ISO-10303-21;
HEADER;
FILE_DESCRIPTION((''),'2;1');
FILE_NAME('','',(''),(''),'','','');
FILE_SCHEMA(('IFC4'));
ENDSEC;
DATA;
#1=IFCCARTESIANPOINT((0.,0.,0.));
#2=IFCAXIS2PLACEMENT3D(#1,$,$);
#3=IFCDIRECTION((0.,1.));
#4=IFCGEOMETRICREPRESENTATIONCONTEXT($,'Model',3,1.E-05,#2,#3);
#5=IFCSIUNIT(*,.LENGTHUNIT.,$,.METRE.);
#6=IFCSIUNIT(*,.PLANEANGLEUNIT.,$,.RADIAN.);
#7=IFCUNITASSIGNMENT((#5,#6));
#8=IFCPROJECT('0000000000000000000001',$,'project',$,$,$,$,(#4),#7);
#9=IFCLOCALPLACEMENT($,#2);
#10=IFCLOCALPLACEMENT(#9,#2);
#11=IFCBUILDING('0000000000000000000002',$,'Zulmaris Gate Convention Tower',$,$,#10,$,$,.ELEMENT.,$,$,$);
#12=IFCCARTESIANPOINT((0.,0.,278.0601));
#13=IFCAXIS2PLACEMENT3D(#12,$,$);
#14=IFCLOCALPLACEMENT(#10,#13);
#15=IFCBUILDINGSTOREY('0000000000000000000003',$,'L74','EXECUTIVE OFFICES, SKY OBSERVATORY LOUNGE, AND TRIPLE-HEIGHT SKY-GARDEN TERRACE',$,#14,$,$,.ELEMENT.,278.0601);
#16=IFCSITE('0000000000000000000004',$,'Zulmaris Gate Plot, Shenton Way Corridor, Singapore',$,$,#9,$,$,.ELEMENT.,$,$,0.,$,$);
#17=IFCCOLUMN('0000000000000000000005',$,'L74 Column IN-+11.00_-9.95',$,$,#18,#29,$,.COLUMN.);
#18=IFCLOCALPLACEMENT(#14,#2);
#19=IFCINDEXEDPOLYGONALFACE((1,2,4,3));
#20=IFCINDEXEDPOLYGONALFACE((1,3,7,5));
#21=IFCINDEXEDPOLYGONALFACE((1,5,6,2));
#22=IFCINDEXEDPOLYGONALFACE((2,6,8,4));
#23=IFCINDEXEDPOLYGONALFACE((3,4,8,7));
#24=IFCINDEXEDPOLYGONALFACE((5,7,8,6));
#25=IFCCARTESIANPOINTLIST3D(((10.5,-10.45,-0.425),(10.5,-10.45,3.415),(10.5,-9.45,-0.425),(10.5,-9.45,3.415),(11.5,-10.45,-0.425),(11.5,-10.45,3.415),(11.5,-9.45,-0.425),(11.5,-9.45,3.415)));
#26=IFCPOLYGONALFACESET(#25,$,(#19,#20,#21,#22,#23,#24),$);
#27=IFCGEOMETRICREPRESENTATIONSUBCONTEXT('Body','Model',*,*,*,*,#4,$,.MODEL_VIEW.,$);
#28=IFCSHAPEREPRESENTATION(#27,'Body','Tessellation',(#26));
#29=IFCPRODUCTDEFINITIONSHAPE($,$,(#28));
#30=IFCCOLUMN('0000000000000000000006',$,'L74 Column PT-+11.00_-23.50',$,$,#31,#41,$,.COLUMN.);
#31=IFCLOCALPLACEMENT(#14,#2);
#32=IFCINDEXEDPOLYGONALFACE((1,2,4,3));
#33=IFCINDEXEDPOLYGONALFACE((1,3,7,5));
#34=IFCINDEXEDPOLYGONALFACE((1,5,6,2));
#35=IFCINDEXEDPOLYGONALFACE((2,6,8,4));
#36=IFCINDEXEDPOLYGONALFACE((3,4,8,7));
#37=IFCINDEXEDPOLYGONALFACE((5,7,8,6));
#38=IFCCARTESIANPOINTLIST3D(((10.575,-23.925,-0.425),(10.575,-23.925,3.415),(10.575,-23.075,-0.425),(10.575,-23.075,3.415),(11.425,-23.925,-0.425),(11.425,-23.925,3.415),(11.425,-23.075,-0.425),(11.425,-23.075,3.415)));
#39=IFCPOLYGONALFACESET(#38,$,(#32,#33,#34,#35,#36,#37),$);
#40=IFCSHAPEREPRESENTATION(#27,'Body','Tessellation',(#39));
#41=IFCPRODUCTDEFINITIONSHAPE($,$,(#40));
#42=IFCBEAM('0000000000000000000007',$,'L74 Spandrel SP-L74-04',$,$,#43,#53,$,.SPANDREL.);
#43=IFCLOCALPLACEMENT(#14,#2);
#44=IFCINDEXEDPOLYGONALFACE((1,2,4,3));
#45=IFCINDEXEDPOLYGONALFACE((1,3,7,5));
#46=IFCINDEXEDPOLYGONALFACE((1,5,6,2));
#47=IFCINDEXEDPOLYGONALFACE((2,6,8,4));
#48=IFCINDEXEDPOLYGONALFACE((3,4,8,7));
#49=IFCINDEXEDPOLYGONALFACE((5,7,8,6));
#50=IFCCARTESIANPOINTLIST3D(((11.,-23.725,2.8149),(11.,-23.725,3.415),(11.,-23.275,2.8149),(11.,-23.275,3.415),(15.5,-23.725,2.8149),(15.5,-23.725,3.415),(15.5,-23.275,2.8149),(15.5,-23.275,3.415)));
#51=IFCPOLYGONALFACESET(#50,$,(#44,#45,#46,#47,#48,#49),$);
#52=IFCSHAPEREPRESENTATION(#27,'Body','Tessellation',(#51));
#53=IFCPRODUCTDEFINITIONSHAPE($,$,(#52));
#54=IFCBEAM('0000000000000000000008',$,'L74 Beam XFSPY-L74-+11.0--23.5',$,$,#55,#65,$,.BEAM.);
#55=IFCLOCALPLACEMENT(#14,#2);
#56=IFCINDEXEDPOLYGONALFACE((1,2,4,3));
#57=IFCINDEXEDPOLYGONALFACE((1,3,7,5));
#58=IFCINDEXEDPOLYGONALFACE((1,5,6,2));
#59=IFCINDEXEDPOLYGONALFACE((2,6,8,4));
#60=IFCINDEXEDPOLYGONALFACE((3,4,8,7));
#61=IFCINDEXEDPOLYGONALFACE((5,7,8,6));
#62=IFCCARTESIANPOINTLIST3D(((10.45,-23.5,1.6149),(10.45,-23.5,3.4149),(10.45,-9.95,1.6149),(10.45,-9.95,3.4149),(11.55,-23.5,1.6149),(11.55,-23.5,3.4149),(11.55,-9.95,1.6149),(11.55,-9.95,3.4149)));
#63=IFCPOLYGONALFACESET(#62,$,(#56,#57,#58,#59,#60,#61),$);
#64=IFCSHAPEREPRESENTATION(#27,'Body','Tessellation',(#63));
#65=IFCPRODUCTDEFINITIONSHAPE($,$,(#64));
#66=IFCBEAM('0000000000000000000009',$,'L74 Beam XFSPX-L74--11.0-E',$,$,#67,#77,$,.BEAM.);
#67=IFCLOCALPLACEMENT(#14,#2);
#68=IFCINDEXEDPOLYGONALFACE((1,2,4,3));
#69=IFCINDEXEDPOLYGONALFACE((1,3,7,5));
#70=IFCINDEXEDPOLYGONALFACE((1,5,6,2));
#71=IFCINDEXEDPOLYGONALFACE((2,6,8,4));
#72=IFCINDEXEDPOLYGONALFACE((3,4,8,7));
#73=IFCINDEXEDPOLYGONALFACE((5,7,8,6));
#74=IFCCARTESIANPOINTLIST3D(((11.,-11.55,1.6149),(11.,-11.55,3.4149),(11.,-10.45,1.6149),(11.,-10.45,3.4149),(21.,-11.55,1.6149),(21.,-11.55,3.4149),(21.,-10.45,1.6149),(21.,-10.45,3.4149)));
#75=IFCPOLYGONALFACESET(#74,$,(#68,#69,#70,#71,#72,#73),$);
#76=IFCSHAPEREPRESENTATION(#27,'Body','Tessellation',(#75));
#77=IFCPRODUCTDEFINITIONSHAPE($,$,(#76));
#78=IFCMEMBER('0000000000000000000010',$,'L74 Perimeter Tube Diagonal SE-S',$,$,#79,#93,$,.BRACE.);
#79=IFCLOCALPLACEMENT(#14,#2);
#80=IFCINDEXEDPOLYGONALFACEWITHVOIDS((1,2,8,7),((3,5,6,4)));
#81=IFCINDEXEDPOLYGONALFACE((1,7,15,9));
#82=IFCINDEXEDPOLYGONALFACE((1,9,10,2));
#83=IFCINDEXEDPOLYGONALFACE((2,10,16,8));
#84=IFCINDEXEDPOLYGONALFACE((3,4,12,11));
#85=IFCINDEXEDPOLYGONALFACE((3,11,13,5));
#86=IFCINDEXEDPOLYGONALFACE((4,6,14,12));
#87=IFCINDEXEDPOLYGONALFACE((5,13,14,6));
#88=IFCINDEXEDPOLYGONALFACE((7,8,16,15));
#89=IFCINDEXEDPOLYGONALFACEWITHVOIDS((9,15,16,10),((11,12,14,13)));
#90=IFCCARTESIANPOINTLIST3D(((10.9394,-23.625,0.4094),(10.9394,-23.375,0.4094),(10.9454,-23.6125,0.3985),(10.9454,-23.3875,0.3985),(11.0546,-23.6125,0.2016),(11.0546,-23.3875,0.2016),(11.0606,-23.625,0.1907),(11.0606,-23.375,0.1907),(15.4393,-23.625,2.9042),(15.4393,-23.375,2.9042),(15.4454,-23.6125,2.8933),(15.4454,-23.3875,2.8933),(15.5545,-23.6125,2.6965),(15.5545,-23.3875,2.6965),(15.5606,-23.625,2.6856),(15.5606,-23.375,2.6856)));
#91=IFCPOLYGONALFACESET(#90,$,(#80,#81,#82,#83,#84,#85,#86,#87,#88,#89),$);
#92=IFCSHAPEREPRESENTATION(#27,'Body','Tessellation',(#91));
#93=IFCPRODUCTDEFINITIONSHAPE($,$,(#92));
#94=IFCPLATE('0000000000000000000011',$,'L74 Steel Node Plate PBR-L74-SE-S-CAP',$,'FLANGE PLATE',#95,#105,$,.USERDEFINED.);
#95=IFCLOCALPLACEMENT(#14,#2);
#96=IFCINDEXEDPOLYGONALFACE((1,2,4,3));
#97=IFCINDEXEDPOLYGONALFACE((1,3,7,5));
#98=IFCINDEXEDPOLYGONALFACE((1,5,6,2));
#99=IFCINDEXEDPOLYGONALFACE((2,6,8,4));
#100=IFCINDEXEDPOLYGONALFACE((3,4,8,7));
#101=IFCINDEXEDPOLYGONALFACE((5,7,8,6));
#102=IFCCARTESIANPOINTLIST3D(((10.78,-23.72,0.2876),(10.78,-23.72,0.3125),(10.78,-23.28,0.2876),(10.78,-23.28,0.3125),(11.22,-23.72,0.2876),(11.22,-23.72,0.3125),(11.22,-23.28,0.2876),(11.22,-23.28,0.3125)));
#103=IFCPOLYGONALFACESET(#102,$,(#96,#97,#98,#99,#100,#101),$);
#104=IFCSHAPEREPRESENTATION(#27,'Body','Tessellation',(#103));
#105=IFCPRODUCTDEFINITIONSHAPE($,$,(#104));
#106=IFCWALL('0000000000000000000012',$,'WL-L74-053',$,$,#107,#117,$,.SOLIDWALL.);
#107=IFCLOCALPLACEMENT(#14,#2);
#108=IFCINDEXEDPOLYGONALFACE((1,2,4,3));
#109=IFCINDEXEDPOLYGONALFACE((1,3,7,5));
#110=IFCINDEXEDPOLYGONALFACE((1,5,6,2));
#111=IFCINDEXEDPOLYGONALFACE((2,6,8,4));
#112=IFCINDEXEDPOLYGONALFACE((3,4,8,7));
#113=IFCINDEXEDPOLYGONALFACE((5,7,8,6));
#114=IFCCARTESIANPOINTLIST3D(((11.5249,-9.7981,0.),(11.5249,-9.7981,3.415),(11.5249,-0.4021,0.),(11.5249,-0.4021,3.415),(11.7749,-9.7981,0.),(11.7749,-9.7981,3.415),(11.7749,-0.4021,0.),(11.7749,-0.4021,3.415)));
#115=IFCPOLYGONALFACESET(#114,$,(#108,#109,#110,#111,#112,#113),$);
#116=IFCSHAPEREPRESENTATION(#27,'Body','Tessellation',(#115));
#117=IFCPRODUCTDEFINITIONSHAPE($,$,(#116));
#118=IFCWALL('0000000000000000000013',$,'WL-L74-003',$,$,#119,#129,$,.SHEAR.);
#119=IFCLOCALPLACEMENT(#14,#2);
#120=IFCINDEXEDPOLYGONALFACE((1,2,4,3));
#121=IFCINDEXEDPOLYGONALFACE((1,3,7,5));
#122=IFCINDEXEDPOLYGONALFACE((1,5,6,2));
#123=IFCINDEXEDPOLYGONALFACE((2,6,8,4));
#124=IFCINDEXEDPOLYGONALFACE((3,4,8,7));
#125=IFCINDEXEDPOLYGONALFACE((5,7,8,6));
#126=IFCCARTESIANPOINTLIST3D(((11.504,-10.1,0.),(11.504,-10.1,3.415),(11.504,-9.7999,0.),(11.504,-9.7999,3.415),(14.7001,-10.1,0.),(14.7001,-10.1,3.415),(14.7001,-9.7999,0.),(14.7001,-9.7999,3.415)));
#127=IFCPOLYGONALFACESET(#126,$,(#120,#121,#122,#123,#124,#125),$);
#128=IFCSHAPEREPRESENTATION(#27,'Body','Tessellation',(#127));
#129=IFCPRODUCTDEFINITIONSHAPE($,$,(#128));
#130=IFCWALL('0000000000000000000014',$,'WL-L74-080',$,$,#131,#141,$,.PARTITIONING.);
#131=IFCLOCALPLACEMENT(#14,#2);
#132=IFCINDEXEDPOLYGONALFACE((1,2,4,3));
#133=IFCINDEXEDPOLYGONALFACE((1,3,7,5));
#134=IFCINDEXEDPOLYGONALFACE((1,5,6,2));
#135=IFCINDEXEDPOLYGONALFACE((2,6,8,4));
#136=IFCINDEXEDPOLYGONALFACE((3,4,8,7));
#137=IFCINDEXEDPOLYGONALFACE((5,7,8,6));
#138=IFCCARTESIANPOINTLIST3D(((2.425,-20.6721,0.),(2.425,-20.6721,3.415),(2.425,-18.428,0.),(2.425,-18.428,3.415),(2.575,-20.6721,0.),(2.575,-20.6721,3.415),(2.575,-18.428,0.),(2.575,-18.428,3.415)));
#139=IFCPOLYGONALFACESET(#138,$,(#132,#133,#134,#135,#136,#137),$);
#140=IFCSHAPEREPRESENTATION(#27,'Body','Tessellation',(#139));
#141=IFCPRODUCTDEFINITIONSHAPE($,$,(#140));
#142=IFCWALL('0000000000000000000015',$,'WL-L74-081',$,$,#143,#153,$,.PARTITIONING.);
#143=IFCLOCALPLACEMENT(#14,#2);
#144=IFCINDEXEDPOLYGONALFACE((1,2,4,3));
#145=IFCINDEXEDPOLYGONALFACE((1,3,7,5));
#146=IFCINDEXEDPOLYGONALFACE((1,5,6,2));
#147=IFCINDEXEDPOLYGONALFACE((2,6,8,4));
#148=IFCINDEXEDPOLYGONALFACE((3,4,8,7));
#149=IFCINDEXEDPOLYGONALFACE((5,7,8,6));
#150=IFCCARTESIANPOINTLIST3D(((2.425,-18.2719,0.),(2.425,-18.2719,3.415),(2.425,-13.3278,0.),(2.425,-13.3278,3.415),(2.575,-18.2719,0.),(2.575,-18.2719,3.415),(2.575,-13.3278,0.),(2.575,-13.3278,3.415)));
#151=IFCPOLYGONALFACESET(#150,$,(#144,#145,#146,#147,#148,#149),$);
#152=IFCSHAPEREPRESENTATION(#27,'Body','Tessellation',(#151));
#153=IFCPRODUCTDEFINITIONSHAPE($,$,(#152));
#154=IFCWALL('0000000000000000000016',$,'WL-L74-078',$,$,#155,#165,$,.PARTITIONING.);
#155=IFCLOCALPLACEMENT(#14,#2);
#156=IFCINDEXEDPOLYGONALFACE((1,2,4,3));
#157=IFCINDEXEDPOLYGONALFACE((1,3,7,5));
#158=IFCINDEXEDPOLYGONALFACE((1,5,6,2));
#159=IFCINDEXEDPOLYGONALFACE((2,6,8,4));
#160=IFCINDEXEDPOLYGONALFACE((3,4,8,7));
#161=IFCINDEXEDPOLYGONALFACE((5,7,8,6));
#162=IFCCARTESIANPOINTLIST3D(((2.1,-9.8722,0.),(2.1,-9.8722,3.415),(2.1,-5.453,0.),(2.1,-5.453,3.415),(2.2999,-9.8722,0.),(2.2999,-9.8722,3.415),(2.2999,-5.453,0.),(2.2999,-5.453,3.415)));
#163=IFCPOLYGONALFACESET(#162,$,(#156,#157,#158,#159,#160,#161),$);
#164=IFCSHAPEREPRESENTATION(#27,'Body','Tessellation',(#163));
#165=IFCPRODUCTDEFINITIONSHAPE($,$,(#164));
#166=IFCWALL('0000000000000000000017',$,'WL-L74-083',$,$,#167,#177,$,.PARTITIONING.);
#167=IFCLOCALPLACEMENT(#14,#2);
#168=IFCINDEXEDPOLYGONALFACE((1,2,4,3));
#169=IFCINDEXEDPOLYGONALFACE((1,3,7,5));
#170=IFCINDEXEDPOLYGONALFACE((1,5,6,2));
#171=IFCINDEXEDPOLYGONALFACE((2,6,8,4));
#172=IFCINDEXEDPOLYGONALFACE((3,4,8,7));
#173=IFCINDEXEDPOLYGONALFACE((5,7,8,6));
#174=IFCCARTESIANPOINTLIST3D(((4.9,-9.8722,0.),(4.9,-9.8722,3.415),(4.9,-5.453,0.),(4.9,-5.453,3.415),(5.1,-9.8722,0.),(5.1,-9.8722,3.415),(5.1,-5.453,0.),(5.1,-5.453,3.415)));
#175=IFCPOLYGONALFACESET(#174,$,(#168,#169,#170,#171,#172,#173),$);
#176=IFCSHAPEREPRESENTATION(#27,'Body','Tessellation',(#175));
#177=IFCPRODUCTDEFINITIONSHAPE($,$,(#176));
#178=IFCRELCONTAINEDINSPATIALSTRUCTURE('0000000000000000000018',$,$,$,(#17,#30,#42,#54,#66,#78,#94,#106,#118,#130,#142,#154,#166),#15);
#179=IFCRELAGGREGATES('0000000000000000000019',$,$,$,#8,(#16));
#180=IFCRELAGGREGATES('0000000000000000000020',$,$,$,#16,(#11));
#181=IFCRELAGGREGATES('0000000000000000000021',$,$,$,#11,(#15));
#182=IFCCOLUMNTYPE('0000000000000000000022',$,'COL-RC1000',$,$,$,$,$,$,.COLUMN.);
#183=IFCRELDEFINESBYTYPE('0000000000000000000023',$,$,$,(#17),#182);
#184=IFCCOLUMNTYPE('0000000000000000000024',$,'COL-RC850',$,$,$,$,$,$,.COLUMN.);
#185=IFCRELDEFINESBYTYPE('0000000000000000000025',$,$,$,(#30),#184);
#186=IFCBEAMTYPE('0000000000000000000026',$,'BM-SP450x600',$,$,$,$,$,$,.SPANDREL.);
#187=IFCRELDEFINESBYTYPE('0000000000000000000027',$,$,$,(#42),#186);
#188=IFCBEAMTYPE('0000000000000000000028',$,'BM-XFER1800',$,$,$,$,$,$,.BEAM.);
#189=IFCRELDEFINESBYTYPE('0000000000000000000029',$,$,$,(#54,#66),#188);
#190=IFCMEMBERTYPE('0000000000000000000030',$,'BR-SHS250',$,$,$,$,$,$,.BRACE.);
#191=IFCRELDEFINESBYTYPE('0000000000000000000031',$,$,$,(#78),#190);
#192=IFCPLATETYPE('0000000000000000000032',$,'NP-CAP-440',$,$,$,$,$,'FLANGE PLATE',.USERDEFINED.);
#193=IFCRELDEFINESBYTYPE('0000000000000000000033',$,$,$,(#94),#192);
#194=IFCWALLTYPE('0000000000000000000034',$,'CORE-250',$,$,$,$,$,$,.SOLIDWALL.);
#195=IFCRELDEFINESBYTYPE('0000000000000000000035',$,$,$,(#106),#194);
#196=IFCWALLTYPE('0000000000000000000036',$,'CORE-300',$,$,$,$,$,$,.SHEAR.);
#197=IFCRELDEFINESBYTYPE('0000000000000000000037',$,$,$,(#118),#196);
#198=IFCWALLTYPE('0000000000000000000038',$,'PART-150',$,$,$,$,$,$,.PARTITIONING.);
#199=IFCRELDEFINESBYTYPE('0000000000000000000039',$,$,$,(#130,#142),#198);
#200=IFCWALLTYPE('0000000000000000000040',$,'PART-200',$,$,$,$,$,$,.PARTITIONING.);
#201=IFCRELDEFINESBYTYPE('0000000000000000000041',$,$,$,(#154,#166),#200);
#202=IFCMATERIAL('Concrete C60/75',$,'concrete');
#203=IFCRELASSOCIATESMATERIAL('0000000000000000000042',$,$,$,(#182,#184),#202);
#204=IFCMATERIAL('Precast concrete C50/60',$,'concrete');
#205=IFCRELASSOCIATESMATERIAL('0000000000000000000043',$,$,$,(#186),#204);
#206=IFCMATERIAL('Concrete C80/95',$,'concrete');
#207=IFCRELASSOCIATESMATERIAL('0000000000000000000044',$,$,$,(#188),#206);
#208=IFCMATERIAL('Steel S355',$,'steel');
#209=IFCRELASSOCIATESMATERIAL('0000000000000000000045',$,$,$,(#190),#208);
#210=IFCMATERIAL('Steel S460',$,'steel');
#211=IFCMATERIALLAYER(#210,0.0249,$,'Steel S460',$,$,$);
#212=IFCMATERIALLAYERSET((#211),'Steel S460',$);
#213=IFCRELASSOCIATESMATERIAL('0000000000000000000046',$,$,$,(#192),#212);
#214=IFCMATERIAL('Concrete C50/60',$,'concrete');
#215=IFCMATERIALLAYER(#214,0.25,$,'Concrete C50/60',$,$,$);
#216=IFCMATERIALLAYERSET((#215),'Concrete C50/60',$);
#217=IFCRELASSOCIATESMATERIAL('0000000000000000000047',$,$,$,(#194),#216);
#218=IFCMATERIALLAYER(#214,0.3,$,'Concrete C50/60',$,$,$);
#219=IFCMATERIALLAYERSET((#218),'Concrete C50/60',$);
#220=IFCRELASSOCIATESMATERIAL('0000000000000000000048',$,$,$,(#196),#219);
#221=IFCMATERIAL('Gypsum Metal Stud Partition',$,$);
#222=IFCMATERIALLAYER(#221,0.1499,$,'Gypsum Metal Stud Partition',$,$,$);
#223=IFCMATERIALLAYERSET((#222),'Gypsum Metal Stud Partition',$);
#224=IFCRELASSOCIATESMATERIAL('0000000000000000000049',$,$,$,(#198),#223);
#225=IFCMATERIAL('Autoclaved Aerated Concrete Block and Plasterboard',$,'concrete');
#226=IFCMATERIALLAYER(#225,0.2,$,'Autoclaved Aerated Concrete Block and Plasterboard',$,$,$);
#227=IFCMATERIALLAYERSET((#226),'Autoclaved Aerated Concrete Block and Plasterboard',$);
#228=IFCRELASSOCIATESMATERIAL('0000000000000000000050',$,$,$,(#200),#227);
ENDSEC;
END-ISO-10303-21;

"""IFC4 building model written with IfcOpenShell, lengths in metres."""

from ifc_helpers import new_model, si_unit, direction, frame, frame_2d, origin, origin_2d, place, context, subcontext, project, spatial, rectangle, hollow_rectangle, extrude, material, layer, layer_set, material_profile, profile_set, type_object, element, save


model = new_model("IFC4")

# Units and contexts
model_context = context("Model", 3, precision=1e-05, world=origin(), true_north=direction((0.0, 1.0)))
body_context = subcontext(model_context, "Body", "Model", "MODEL_VIEW")
ifc_project = project(units=[si_unit("LENGTHUNIT", "METRE"), si_unit("PLANEANGLEUNIT", "RADIAN")], contexts=[model_context])

# Site, building, storey
site_placement = place(None, origin())
site = spatial("IfcSite", under=ifc_project, at=site_placement, Name="Zulmaris Gate Plot, Shenton Way Corridor, Singapore", CompositionType="ELEMENT", RefElevation=0.0)
building_placement = place(site_placement, origin())
building = spatial("IfcBuilding", under=site, at=building_placement, Name="Zulmaris Gate Convention Tower", CompositionType="ELEMENT")
storey_placement = place(building_placement, frame((0.0, 0.0, 278.0601)))
storey = spatial("IfcBuildingStorey", under=building, at=storey_placement, Name="L74", Description="EXECUTIVE OFFICES, SKY OBSERVATORY LOUNGE, AND TRIPLE-HEIGHT SKY-GARDEN TERRACE", CompositionType="ELEMENT", Elevation=278.0601)

# Columns
ifc_material_1 = material(Name="Concrete C60/75", Category="concrete")
ifc_material_profile_1 = material_profile(ifc_material_1, rectangle(XDim=1.0, YDim=1.0, at=origin_2d()), Name="RC COL 1000x1000")
ifc_profile_set_1 = profile_set([ifc_material_profile_1], Name="Concrete C60/75")
column_type_1 = type_object("IfcColumnType", Name="COL-RC1000", PredefinedType="COLUMN", material=ifc_profile_set_1)
column_1_placement = place(storey_placement, frame((11.0, -9.95, -0.425), z_axis=(0.0, 0.0, 1.0), x_axis=(1.0, 0.0, 0.0)))
element("IfcColumn", 1, at=column_1_placement, inside=storey, type_object=column_type_1, Name="L74 Column IN-+11.00_-9.95", PredefinedType="COLUMN", context=body_context, shape_type="SweptSolid", body=[
    extrude(rectangle(XDim=1.0, YDim=1.0, at=origin_2d()), origin(), (0.0, 0.0, 1.0), 3.8401),
])
ifc_material_profile_2 = material_profile(ifc_material_1, rectangle(XDim=0.8501, YDim=0.8501, at=origin_2d()), Name="RC COL 850x850")
ifc_profile_set_2 = profile_set([ifc_material_profile_2], Name="Concrete C60/75")
column_type_2 = type_object("IfcColumnType", Name="COL-RC850", PredefinedType="COLUMN", material=ifc_profile_set_2)
column_2_placement = place(storey_placement, frame((11.0, -23.5, -0.425), z_axis=(0.0, 0.0, 1.0), x_axis=(1.0, 0.0, 0.0)))
element("IfcColumn", 2, at=column_2_placement, inside=storey, type_object=column_type_2, Name="L74 Column PT-+11.00_-23.50", PredefinedType="COLUMN", context=body_context, shape_type="SweptSolid", body=[
    extrude(rectangle(XDim=0.8501, YDim=0.8501, at=origin_2d()), origin(), (0.0, 0.0, 1.0), 3.8401),
])

# Beams
ifc_material_2 = material(Name="Precast concrete C50/60", Category="concrete")
ifc_material_profile_3 = material_profile(ifc_material_2, rectangle(XDim=0.45, YDim=0.6001, at=origin_2d()), Name="RC SPANDREL 450x600")
ifc_profile_set_3 = profile_set([ifc_material_profile_3], Name="Precast concrete C50/60")
beam_type_1 = type_object("IfcBeamType", Name="BM-SP450x600", PredefinedType="SPANDREL", material=ifc_profile_set_3)
beam_1_placement = place(storey_placement, frame((11.0, -23.5, 3.115), z_axis=(1.0, 0.0, 0.0), x_axis=(0.0, 1.0, 0.0)))
element("IfcBeam", 3, at=beam_1_placement, inside=storey, type_object=beam_type_1, Name="L74 Spandrel SP-L74-04", PredefinedType="SPANDREL", context=body_context, shape_type="SweptSolid", body=[
    extrude(rectangle(XDim=0.45, YDim=0.6001, at=origin_2d()), origin(), (0.0, 0.0, 1.0), 4.5),
])
ifc_material_3 = material(Name="Concrete C80/95", Category="concrete")
ifc_material_profile_4 = material_profile(ifc_material_3, rectangle(XDim=1.1001, YDim=1.8, at=origin_2d()), Name="RC TRANSFER 1100x1800")
ifc_profile_set_4 = profile_set([ifc_material_profile_4], Name="Concrete C80/95")
beam_type_2 = type_object("IfcBeamType", Name="BM-XFER1800", PredefinedType="BEAM", material=ifc_profile_set_4)
beam_2_placement = place(storey_placement, frame((11.0, -23.5, 2.5149), z_axis=(0.0, 1.0, 0.0), x_axis=(-1.0, 0.0, 0.0)))
element("IfcBeam", 4, at=beam_2_placement, inside=storey, type_object=beam_type_2, Name="L74 Beam XFSPY-L74-+11.0--23.5", PredefinedType="BEAM", context=body_context, shape_type="SweptSolid", body=[
    extrude(rectangle(XDim=1.1001, YDim=1.8, at=origin_2d()), origin(), (0.0, 0.0, 1.0), 13.55),
])
beam_3_placement = place(storey_placement, frame((11.0, -11.0, 2.5149), z_axis=(1.0, 0.0, 0.0), x_axis=(0.0, 1.0, 0.0)))
element("IfcBeam", 5, at=beam_3_placement, inside=storey, type_object=beam_type_2, Name="L74 Beam XFSPX-L74--11.0-E", PredefinedType="BEAM", context=body_context, shape_type="SweptSolid", body=[
    extrude(rectangle(XDim=1.1001, YDim=1.8, at=origin_2d()), origin(), (0.0, 0.0, 1.0), 10.0),
])

# Member
ifc_material_4 = material(Name="Steel S355", Category="steel")
ifc_material_profile_5 = material_profile(ifc_material_4, hollow_rectangle(XDim=0.25, YDim=0.25, WallThickness=0.0125, at=origin_2d()), Name="SHS 250x250x12.5")
ifc_profile_set_5 = profile_set([ifc_material_profile_5], Name="Steel S355")
member_type = type_object("IfcMemberType", Name="BR-SHS250", PredefinedType="BRACE", material=ifc_profile_set_5)
member_placement = place(storey_placement, frame((11.0, -23.5, 0.3), z_axis=(0.87458, 0.0, 0.484881), x_axis=(0.0, 1.0, 0.0)))
element("IfcMember", 6, at=member_placement, inside=storey, type_object=member_type, Name="L74 Perimeter Tube Diagonal SE-S", PredefinedType="BRACE", context=body_context, shape_type="SweptSolid", body=[
    extrude(hollow_rectangle(XDim=0.25, YDim=0.25, WallThickness=0.0125, at=origin_2d()), origin(), (0.0, 0.0, 1.0), 5.1453),
])

# Plate
ifc_material_5 = material(Name="Steel S460", Category="steel")
ifc_layer_1 = layer(ifc_material_5, 0.0249, Name="Steel S460")
ifc_layer_set_1 = layer_set([ifc_layer_1], Name="Steel S460")
plate_type = type_object("IfcPlateType", Name="NP-CAP-440", ElementType="FLANGE PLATE", PredefinedType="USERDEFINED", material=ifc_layer_set_1)
plate_placement = place(storey_placement, frame((11.0, -23.5, 0.2876), z_axis=(0.0, 0.0, 1.0), x_axis=(1.0, 0.0, 0.0)))
element("IfcPlate", 7, at=plate_placement, inside=storey, type_object=plate_type, Name="L74 Steel Node Plate PBR-L74-SE-S-CAP", ObjectType="FLANGE PLATE", PredefinedType="USERDEFINED", context=body_context, shape_type="SweptSolid", body=[
    extrude(rectangle(XDim=0.4399, YDim=0.4399, at=origin_2d()), origin(), (0.0, 0.0, 1.0), 0.0249),
])

# Walls
ifc_material_6 = material(Name="Concrete C50/60", Category="concrete")
ifc_layer_2 = layer(ifc_material_6, 0.25, Name="Concrete C50/60")
ifc_layer_set_2 = layer_set([ifc_layer_2], Name="Concrete C50/60")
wall_type_1 = type_object("IfcWallType", Name="CORE-250", PredefinedType="SOLIDWALL", material=ifc_layer_set_2)
wall_1_placement = place(storey_placement, frame((11.6499, -9.7981, 0.0), z_axis=(0.0, 0.0, 1.0), x_axis=(0.0, 1.0, 0.0)))
element("IfcWall", 8, at=wall_1_placement, inside=storey, type_object=wall_type_1, Name="WL-L74-053", PredefinedType="SOLIDWALL", context=body_context, shape_type="SweptSolid", body=[
    extrude(rectangle(XDim=9.396, YDim=0.25, at=frame_2d((4.698, 0.0))), origin(), (0.0, 0.0, 1.0), 3.415),
])
ifc_layer_3 = layer(ifc_material_6, 0.3, Name="Concrete C50/60")
ifc_layer_set_3 = layer_set([ifc_layer_3], Name="Concrete C50/60")
wall_type_2 = type_object("IfcWallType", Name="CORE-300", PredefinedType="SHEAR", material=ifc_layer_set_3)
wall_2_placement = place(storey_placement, frame((11.5039, -9.95, 0.0), z_axis=(0.0, 0.0, 1.0), x_axis=(1.0, 0.0, 0.0)))
element("IfcWall", 9, at=wall_2_placement, inside=storey, type_object=wall_type_2, Name="WL-L74-003", PredefinedType="SHEAR", context=body_context, shape_type="SweptSolid", body=[
    extrude(rectangle(XDim=3.196, YDim=0.3, at=frame_2d((1.5981, 0.0))), origin(), (0.0, 0.0, 1.0), 3.415),
])

# Shared definitions
ifc_material_7 = material(Name="Gypsum Metal Stud Partition")
ifc_layer_4 = layer(ifc_material_7, 0.1499, Name="Gypsum Metal Stud Partition")
ifc_layer_set_4 = layer_set([ifc_layer_4], Name="Gypsum Metal Stud Partition")
wall_type_3 = type_object("IfcWallType", Name="PART-150", PredefinedType="PARTITIONING", material=ifc_layer_set_4)

# Walls
wall_3_placement = place(storey_placement, frame((2.5, -20.6721, 0.0), z_axis=(0.0, 0.0, 1.0), x_axis=(0.0, 1.0, 0.0)))
element("IfcWall", 10, at=wall_3_placement, inside=storey, type_object=wall_type_3, Name="WL-L74-080", PredefinedType="PARTITIONING", context=body_context, shape_type="SweptSolid", body=[
    extrude(rectangle(XDim=2.2441, YDim=0.1499, at=frame_2d((1.1221, 0.0))), origin(), (0.0, 0.0, 1.0), 3.415),
])
wall_4_placement = place(storey_placement, frame((2.5, -18.272, 0.0), z_axis=(0.0, 0.0, 1.0), x_axis=(0.0, 1.0, 0.0)))
element("IfcWall", 11, at=wall_4_placement, inside=storey, type_object=wall_type_3, Name="WL-L74-081", PredefinedType="PARTITIONING", context=body_context, shape_type="SweptSolid", body=[
    extrude(rectangle(XDim=4.9441, YDim=0.1499, at=frame_2d((2.4722, 0.0))), origin(), (0.0, 0.0, 1.0), 3.415),
])
ifc_material_8 = material(Name="Autoclaved Aerated Concrete Block and Plasterboard", Category="concrete")
ifc_layer_5 = layer(ifc_material_8, 0.2, Name="Autoclaved Aerated Concrete Block and Plasterboard")
ifc_layer_set_5 = layer_set([ifc_layer_5], Name="Autoclaved Aerated Concrete Block and Plasterboard")
wall_type_4 = type_object("IfcWallType", Name="PART-200", PredefinedType="PARTITIONING", material=ifc_layer_set_5)
for number, where, z_axis, x_axis, name in (
    (12, (2.2, -9.8721, 0.0), (0.0, 0.0, 1.0), (0.0, 1.0, 0.0), "WL-L74-078"),
    (13, (5.0, -9.8721, 0.0), (0.0, 0.0, 1.0), (0.0, 1.0, 0.0), "WL-L74-083"),
):
    element("IfcWall", number, at=place(storey_placement, frame(where, z_axis=z_axis, x_axis=x_axis)), inside=storey, type_object=wall_type_4, Name=name, PredefinedType="PARTITIONING", context=body_context, shape_type="SweptSolid", body=[
        extrude(rectangle(XDim=4.4192, YDim=0.2, at=frame_2d((2.2095, 0.0))), origin(), (0.0, 0.0, 1.0), 3.415),
    ])

save(model, "model.ifc")
